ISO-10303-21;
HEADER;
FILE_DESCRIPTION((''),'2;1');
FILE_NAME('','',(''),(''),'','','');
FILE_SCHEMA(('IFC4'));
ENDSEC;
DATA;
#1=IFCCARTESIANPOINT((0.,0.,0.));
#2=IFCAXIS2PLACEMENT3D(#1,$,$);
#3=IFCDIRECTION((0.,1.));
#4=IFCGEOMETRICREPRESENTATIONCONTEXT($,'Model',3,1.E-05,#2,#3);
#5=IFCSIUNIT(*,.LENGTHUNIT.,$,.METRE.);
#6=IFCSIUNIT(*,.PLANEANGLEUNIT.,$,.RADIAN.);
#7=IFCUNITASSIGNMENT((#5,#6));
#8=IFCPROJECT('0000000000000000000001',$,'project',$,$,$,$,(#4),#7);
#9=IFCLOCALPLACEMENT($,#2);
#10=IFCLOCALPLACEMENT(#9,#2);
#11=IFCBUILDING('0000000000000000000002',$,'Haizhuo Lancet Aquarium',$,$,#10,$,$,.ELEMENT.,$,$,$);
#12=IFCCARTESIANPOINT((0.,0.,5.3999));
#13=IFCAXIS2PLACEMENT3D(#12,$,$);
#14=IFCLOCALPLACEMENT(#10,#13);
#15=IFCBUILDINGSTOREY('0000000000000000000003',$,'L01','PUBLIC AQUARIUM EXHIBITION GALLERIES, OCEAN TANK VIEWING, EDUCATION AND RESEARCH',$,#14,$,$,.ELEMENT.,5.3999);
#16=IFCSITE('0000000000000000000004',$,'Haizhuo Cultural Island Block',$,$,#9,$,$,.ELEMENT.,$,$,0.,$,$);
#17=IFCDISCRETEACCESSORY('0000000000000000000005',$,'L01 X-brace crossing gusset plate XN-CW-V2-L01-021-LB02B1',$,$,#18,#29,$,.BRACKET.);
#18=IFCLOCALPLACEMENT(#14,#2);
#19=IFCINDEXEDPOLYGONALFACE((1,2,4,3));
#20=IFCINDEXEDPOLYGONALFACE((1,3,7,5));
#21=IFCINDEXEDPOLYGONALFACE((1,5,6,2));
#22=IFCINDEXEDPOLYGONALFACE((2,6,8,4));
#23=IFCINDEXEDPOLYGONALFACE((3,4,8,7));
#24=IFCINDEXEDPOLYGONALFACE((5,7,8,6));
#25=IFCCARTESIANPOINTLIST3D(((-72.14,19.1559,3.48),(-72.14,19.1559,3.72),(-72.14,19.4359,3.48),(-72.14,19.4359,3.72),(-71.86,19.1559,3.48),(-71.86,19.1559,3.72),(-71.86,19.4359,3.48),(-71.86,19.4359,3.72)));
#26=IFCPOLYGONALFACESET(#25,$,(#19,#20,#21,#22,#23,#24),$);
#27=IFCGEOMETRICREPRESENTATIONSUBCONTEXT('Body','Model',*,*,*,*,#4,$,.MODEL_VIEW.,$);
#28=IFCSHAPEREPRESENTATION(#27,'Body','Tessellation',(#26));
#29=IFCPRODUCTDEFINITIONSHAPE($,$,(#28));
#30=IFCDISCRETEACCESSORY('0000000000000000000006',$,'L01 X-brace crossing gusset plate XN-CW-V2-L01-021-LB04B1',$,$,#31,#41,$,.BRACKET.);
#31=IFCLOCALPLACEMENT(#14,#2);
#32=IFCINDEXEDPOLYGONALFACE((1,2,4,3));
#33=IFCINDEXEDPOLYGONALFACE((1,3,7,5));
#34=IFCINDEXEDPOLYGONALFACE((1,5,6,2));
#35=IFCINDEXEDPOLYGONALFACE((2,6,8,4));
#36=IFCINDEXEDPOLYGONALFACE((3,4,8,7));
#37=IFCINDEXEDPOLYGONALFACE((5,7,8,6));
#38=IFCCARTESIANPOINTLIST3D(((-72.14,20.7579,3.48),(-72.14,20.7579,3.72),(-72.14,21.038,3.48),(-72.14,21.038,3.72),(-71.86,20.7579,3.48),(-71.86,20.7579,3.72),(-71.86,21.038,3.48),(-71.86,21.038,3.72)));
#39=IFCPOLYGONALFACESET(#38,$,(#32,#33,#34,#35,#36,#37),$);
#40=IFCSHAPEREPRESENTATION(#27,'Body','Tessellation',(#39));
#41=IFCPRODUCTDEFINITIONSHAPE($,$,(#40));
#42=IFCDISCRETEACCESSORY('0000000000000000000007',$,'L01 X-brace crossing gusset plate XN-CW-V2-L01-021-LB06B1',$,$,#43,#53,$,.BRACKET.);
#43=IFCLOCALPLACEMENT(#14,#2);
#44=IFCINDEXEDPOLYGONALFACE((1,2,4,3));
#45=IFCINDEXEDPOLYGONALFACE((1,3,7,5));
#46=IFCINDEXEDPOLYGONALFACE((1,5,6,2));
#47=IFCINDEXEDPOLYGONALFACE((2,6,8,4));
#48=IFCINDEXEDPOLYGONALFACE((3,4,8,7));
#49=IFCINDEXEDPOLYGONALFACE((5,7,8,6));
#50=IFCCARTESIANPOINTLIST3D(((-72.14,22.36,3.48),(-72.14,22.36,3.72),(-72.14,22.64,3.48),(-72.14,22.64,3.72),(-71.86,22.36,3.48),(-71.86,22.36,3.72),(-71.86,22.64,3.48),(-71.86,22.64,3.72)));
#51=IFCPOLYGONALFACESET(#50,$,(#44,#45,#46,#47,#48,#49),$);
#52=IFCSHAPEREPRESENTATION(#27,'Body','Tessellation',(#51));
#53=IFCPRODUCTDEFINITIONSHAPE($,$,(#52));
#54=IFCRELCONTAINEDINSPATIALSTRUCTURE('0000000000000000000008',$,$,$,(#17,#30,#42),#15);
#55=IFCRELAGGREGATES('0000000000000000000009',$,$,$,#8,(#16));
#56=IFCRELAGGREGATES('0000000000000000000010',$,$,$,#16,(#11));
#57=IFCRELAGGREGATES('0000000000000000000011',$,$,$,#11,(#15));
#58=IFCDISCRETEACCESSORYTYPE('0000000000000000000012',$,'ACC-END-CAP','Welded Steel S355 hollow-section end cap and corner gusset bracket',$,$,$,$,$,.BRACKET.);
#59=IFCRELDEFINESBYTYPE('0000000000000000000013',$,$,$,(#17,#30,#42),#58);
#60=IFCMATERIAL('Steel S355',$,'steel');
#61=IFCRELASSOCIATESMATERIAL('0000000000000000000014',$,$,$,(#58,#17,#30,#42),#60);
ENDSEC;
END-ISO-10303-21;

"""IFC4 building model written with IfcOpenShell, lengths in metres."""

from ifc_helpers import new_model, si_unit, direction, frame, origin, origin_2d, place, context, subcontext, project, spatial, rectangle, extrude, material, type_object, element, save


model = new_model("IFC4")

# Units and contexts
model_context = context("Model", 3, precision=1e-05, world=origin(), true_north=direction((0.0, 1.0)))
body_context = subcontext(model_context, "Body", "Model", "MODEL_VIEW")
ifc_project = project(units=[si_unit("LENGTHUNIT", "METRE"), si_unit("PLANEANGLEUNIT", "RADIAN")], contexts=[model_context])

# Site, building, storey
site_placement = place(None, origin())
site = spatial("IfcSite", under=ifc_project, at=site_placement, Name="Haizhuo Cultural Island Block", CompositionType="ELEMENT", RefElevation=0.0)
building_placement = place(site_placement, origin())
building = spatial("IfcBuilding", under=site, at=building_placement, Name="Haizhuo Lancet Aquarium", CompositionType="ELEMENT")
storey_placement = place(building_placement, frame((0.0, 0.0, 5.3999)))
storey = spatial("IfcBuildingStorey", under=building, at=storey_placement, Name="L01", Description="PUBLIC AQUARIUM EXHIBITION GALLERIES, OCEAN TANK VIEWING, EDUCATION AND RESEARCH", CompositionType="ELEMENT", Elevation=5.3999)

# Shared definitions
ifc_material_1 = material(Name="Steel S355", Category="steel")

# Discrete accessories
discrete_accessory_type = type_object("IfcDiscreteAccessoryType", Name="ACC-END-CAP", Description="Welded Steel S355 hollow-section end cap and corner gusset bracket", PredefinedType="BRACKET", material=ifc_material_1)
for number, where, z_axis, x_axis, name in (
    (1, (-72.0, 19.2959, 3.48), (0.0, 0.0, 1.0), (1.0, 0.0, 0.0), "L01 X-brace crossing gusset plate XN-CW-V2-L01-021-LB02B1"),
    (2, (-72.0, 20.8979, 3.48), (0.0, 0.0, 1.0), (1.0, 0.0, 0.0), "L01 X-brace crossing gusset plate XN-CW-V2-L01-021-LB04B1"),
    (3, (-72.0, 22.5, 3.48), (0.0, 0.0, 1.0), (1.0, 0.0, 0.0), "L01 X-brace crossing gusset plate XN-CW-V2-L01-021-LB06B1"),
):
    element("IfcDiscreteAccessory", number, at=place(storey_placement, frame(where, z_axis=z_axis, x_axis=x_axis)), inside=storey, type_object=discrete_accessory_type, material=ifc_material_1, Name=name, PredefinedType="BRACKET", context=body_context, shape_type="SweptSolid", body=[
        extrude(rectangle(XDim=0.28, YDim=0.28, at=origin_2d()), origin(), (0.0, 0.0, 1.0), 0.24),
    ])

save(model, "model.ifc")
